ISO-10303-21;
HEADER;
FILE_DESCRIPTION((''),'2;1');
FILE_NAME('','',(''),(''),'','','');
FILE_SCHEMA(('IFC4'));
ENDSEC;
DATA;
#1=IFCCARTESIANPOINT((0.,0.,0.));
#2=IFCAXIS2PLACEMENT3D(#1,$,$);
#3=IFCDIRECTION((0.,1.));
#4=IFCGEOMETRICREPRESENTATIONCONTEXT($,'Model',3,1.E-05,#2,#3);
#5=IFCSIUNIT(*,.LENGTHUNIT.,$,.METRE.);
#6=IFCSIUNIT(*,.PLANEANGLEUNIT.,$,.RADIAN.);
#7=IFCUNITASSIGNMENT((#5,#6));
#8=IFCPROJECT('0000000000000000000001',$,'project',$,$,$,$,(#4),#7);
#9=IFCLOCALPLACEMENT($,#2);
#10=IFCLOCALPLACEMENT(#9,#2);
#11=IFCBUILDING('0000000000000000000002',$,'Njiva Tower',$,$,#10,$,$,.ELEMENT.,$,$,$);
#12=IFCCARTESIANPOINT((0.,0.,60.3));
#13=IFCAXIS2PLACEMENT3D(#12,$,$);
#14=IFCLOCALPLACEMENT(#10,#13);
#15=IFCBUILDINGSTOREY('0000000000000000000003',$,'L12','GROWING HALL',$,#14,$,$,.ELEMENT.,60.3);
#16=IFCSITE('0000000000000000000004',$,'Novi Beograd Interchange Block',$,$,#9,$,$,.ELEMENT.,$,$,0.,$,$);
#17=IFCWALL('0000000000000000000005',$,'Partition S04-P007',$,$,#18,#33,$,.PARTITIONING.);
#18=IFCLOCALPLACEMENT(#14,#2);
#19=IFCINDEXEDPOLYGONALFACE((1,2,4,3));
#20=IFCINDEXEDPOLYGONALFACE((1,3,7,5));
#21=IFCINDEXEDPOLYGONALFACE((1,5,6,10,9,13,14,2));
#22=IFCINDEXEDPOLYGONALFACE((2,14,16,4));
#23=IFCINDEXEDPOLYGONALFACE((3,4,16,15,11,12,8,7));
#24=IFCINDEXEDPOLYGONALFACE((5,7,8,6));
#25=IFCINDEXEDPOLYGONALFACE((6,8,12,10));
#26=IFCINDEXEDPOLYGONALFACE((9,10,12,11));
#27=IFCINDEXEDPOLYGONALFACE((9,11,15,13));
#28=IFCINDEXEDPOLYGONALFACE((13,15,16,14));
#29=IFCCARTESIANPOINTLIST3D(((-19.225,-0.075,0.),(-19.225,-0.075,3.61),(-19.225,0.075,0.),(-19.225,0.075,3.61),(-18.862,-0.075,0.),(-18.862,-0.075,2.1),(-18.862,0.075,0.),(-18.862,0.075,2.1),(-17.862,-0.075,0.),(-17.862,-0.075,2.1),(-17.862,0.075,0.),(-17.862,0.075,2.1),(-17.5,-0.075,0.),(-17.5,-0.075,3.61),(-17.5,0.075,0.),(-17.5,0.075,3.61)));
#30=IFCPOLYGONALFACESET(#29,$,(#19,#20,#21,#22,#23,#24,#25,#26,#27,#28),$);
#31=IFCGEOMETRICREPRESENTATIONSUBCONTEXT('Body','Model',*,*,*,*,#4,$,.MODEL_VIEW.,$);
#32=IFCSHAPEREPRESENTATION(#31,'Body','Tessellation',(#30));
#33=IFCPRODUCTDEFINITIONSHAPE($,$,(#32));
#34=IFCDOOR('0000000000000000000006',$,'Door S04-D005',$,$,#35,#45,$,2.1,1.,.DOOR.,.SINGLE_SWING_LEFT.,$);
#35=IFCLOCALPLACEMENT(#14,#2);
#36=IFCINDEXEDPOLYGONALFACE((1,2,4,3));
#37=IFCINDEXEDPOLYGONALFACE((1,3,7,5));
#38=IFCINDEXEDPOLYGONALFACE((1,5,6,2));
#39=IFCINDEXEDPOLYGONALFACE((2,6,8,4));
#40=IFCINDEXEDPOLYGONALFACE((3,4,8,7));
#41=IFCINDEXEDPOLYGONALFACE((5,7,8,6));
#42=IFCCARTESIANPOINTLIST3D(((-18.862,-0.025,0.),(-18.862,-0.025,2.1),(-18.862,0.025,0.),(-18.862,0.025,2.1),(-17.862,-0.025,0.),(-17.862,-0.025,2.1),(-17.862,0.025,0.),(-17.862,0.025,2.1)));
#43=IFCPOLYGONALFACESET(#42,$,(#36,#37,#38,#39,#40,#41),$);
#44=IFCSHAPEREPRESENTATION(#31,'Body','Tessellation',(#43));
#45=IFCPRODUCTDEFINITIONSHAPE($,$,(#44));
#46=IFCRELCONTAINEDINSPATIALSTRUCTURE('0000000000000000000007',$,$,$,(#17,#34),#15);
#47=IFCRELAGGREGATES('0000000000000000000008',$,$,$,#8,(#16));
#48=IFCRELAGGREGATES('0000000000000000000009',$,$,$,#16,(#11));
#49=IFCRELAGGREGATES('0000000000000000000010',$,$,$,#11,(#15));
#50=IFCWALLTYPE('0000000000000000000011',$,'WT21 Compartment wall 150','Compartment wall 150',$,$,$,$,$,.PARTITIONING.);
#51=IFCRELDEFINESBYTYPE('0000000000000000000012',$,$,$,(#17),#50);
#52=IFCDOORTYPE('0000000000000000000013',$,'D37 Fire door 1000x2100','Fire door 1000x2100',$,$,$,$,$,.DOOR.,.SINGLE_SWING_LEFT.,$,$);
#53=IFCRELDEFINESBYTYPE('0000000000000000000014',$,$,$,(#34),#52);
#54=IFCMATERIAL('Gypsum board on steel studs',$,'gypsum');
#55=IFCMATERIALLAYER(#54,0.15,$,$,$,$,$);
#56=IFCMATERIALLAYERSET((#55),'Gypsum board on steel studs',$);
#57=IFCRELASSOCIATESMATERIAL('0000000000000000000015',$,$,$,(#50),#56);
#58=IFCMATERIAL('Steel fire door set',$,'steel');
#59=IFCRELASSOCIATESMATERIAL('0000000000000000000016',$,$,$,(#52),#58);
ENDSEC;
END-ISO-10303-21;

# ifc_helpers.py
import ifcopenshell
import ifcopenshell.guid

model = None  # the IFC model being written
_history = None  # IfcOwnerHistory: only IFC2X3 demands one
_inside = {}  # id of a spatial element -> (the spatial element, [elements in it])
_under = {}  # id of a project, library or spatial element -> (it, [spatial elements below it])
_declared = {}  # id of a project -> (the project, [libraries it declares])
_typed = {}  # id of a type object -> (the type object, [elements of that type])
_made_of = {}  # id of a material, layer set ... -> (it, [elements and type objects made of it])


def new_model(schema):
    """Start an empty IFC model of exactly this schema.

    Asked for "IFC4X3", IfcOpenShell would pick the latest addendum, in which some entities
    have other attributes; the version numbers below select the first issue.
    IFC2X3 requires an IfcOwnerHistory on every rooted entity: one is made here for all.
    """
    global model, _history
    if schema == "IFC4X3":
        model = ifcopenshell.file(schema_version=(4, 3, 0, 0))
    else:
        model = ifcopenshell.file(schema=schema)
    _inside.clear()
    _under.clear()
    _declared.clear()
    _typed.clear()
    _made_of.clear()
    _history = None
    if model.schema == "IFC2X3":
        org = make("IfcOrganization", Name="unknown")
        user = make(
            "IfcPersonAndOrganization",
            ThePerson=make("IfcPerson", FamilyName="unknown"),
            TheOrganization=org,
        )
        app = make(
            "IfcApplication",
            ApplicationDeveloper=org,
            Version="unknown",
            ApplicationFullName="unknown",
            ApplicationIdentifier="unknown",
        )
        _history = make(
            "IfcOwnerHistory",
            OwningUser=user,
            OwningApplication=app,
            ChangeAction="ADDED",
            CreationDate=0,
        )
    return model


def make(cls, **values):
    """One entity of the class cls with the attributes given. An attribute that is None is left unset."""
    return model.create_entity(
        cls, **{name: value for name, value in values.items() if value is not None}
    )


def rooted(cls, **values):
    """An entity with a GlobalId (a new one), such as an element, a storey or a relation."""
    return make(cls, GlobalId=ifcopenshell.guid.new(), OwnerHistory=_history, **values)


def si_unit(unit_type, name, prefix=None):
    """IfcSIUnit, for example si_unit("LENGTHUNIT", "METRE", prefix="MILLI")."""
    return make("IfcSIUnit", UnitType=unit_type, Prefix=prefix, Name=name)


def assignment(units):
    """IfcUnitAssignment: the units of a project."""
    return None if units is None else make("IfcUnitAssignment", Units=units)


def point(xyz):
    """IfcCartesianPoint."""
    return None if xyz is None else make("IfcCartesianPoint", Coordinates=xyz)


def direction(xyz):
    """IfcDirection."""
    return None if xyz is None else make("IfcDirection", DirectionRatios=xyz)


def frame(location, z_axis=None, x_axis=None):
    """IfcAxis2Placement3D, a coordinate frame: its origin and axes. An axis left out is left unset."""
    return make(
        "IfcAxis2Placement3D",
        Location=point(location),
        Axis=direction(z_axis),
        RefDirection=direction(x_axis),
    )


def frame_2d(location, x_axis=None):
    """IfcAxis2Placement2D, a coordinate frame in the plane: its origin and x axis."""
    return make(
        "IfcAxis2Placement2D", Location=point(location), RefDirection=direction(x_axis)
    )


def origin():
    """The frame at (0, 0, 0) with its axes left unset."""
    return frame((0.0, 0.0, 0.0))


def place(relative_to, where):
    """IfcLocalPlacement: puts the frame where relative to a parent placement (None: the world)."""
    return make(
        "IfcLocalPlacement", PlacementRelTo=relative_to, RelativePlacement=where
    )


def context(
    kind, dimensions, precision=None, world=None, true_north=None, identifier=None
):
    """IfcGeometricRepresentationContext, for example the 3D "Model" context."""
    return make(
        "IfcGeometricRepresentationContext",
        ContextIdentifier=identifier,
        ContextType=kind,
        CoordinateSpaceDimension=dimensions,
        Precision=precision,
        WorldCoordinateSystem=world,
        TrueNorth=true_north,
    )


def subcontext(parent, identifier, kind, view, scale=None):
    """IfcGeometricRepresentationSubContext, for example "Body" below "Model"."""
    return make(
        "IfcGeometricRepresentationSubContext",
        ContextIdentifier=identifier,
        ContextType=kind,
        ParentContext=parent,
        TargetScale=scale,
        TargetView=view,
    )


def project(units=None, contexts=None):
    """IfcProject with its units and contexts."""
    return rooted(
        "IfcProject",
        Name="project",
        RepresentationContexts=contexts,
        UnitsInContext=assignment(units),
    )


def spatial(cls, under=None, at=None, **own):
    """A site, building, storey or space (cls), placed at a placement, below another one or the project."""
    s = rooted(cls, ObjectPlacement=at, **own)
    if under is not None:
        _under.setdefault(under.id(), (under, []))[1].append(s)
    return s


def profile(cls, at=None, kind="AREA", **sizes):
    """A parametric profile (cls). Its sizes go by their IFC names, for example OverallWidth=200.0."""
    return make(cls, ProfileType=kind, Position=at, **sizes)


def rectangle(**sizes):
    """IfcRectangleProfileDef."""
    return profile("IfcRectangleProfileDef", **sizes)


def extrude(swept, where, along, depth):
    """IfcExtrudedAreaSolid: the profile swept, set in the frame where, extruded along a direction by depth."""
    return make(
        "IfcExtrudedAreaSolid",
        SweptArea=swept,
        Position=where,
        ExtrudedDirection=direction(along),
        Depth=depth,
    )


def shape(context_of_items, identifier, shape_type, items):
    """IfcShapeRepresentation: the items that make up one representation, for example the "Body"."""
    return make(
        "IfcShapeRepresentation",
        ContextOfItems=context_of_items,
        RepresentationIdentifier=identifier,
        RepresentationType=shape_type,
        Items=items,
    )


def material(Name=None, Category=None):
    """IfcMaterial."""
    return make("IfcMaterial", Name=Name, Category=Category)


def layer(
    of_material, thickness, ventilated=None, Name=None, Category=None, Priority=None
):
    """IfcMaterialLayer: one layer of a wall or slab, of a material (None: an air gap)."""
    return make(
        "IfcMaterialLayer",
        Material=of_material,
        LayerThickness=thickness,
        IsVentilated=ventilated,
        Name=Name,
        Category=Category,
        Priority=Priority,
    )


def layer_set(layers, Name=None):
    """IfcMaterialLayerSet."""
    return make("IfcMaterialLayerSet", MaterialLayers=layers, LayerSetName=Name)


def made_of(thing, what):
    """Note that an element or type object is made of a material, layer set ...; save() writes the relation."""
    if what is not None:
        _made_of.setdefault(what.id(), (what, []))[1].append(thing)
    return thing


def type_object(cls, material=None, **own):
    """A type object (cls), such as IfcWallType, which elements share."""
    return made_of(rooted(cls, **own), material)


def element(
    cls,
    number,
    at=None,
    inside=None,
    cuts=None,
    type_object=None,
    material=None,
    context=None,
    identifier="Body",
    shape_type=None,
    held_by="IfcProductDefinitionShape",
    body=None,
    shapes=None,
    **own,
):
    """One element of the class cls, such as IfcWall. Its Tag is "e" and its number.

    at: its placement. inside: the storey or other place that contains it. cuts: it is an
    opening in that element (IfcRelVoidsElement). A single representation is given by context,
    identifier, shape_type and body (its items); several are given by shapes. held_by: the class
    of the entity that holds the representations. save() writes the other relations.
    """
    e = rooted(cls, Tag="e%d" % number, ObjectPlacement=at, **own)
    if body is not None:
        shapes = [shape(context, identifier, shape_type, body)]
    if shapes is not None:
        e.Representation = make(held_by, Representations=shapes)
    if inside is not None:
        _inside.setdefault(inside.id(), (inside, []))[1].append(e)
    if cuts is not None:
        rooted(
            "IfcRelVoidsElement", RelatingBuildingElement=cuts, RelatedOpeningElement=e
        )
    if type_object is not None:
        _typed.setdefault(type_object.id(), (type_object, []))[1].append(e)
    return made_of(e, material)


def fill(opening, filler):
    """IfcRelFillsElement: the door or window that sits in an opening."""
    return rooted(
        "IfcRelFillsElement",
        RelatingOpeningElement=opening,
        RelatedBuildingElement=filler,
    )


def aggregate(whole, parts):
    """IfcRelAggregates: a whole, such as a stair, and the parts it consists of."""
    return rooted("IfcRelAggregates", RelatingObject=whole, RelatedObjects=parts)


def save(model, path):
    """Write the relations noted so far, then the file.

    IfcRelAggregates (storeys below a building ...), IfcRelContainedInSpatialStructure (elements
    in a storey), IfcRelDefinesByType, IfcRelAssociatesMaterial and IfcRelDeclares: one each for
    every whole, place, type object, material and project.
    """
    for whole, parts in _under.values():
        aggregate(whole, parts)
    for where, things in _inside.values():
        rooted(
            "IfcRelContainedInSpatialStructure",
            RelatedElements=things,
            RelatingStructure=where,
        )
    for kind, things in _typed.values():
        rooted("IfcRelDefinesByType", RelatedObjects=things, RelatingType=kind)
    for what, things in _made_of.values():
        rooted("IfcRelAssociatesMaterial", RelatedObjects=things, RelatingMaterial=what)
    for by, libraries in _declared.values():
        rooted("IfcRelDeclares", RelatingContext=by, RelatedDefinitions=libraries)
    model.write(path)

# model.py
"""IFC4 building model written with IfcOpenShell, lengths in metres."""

from ifc_helpers import new_model, si_unit, direction, frame, frame_2d, origin, place, context, subcontext, project, spatial, rectangle, extrude, material, layer, layer_set, type_object, element, fill, save


model = new_model("IFC4")

# Units and contexts
model_context = context("Model", 3, precision=1e-05, world=origin(), true_north=direction((0.0, 1.0)))
body_context = subcontext(model_context, "Body", "Model", "MODEL_VIEW")
ifc_project = project(units=[si_unit("LENGTHUNIT", "METRE"), si_unit("PLANEANGLEUNIT", "RADIAN")], contexts=[model_context])

# Site, building, storey
site_placement = place(None, origin())
site = spatial("IfcSite", under=ifc_project, at=site_placement, Name="Novi Beograd Interchange Block", CompositionType="ELEMENT", RefElevation=0.0)
building_placement = place(site_placement, origin())
building = spatial("IfcBuilding", under=site, at=building_placement, Name="Njiva Tower", CompositionType="ELEMENT")
storey_placement = place(building_placement, frame((0.0, 0.0, 60.3)))
storey = spatial("IfcBuildingStorey", under=building, at=storey_placement, Name="L12", Description="GROWING HALL", CompositionType="ELEMENT", Elevation=60.3)

# Shared definitions
ifc_material_1 = material(Name="Gypsum board on steel studs", Category="gypsum")
ifc_layer_1 = layer(ifc_material_1, 0.15)
ifc_layer_set_1 = layer_set([ifc_layer_1], Name="Gypsum board on steel studs")
wall_type_1 = type_object("IfcWallType", Name="WT21 Compartment wall 150", Description="Compartment wall 150", PredefinedType="PARTITIONING", material=ifc_layer_set_1)

# Wall, opening, door
wall_1_placement = place(storey_placement, frame((-19.225, 0.0, 0.0), z_axis=(0.0, 0.0, 1.0), x_axis=(1.0, 0.0, 0.0)))
wall_1 = element("IfcWall", 1, at=wall_1_placement, inside=storey, type_object=wall_type_1, Name="Partition S04-P007", PredefinedType="PARTITIONING", context=body_context, shape_type="SweptSolid", body=[
    extrude(rectangle(XDim=1.725, YDim=0.15, at=frame_2d((0.8625, 0.0))), origin(), (0.0, 0.0, 1.0), 3.61),
])
opening_1_placement = place(wall_1_placement, frame((0.363, 0.0, 0.0)))
opening_1 = element("IfcOpeningElement", 2, at=opening_1_placement, cuts=wall_1, PredefinedType="OPENING", context=body_context, shape_type="SweptSolid", body=[
    extrude(rectangle(XDim=1.0, YDim=2.1, at=frame_2d((0.5, 1.05))), frame((0.0, 0.085, 0.0), z_axis=(0.0, -1.0, 0.0), x_axis=(1.0, 0.0, 0.0)), (0.0, 0.0, 1.0), 0.17),
])
ifc_material_2 = material(Name="Steel fire door set", Category="steel")
door_type_1 = type_object("IfcDoorType", Name="D37 Fire door 1000x2100", Description="Fire door 1000x2100", OperationType="SINGLE_SWING_LEFT", PredefinedType="DOOR", material=ifc_material_2)
door_1_placement = place(opening_1_placement, origin())
door_1 = element("IfcDoor", 3, at=door_1_placement, inside=storey, type_object=door_type_1, Name="Door S04-D005", OperationType="SINGLE_SWING_LEFT", OverallHeight=2.1, OverallWidth=1.0, PredefinedType="DOOR", context=body_context, shape_type="SweptSolid", body=[
    extrude(rectangle(XDim=1.0, YDim=2.1, at=frame_2d((0.5, 1.05))), frame((0.0, 0.025, 0.0), z_axis=(0.0, -1.0, 0.0), x_axis=(1.0, 0.0, 0.0)), (0.0, 0.0, 1.0), 0.05),
])
fill(opening_1, door_1)

save(model, "model.ifc")
